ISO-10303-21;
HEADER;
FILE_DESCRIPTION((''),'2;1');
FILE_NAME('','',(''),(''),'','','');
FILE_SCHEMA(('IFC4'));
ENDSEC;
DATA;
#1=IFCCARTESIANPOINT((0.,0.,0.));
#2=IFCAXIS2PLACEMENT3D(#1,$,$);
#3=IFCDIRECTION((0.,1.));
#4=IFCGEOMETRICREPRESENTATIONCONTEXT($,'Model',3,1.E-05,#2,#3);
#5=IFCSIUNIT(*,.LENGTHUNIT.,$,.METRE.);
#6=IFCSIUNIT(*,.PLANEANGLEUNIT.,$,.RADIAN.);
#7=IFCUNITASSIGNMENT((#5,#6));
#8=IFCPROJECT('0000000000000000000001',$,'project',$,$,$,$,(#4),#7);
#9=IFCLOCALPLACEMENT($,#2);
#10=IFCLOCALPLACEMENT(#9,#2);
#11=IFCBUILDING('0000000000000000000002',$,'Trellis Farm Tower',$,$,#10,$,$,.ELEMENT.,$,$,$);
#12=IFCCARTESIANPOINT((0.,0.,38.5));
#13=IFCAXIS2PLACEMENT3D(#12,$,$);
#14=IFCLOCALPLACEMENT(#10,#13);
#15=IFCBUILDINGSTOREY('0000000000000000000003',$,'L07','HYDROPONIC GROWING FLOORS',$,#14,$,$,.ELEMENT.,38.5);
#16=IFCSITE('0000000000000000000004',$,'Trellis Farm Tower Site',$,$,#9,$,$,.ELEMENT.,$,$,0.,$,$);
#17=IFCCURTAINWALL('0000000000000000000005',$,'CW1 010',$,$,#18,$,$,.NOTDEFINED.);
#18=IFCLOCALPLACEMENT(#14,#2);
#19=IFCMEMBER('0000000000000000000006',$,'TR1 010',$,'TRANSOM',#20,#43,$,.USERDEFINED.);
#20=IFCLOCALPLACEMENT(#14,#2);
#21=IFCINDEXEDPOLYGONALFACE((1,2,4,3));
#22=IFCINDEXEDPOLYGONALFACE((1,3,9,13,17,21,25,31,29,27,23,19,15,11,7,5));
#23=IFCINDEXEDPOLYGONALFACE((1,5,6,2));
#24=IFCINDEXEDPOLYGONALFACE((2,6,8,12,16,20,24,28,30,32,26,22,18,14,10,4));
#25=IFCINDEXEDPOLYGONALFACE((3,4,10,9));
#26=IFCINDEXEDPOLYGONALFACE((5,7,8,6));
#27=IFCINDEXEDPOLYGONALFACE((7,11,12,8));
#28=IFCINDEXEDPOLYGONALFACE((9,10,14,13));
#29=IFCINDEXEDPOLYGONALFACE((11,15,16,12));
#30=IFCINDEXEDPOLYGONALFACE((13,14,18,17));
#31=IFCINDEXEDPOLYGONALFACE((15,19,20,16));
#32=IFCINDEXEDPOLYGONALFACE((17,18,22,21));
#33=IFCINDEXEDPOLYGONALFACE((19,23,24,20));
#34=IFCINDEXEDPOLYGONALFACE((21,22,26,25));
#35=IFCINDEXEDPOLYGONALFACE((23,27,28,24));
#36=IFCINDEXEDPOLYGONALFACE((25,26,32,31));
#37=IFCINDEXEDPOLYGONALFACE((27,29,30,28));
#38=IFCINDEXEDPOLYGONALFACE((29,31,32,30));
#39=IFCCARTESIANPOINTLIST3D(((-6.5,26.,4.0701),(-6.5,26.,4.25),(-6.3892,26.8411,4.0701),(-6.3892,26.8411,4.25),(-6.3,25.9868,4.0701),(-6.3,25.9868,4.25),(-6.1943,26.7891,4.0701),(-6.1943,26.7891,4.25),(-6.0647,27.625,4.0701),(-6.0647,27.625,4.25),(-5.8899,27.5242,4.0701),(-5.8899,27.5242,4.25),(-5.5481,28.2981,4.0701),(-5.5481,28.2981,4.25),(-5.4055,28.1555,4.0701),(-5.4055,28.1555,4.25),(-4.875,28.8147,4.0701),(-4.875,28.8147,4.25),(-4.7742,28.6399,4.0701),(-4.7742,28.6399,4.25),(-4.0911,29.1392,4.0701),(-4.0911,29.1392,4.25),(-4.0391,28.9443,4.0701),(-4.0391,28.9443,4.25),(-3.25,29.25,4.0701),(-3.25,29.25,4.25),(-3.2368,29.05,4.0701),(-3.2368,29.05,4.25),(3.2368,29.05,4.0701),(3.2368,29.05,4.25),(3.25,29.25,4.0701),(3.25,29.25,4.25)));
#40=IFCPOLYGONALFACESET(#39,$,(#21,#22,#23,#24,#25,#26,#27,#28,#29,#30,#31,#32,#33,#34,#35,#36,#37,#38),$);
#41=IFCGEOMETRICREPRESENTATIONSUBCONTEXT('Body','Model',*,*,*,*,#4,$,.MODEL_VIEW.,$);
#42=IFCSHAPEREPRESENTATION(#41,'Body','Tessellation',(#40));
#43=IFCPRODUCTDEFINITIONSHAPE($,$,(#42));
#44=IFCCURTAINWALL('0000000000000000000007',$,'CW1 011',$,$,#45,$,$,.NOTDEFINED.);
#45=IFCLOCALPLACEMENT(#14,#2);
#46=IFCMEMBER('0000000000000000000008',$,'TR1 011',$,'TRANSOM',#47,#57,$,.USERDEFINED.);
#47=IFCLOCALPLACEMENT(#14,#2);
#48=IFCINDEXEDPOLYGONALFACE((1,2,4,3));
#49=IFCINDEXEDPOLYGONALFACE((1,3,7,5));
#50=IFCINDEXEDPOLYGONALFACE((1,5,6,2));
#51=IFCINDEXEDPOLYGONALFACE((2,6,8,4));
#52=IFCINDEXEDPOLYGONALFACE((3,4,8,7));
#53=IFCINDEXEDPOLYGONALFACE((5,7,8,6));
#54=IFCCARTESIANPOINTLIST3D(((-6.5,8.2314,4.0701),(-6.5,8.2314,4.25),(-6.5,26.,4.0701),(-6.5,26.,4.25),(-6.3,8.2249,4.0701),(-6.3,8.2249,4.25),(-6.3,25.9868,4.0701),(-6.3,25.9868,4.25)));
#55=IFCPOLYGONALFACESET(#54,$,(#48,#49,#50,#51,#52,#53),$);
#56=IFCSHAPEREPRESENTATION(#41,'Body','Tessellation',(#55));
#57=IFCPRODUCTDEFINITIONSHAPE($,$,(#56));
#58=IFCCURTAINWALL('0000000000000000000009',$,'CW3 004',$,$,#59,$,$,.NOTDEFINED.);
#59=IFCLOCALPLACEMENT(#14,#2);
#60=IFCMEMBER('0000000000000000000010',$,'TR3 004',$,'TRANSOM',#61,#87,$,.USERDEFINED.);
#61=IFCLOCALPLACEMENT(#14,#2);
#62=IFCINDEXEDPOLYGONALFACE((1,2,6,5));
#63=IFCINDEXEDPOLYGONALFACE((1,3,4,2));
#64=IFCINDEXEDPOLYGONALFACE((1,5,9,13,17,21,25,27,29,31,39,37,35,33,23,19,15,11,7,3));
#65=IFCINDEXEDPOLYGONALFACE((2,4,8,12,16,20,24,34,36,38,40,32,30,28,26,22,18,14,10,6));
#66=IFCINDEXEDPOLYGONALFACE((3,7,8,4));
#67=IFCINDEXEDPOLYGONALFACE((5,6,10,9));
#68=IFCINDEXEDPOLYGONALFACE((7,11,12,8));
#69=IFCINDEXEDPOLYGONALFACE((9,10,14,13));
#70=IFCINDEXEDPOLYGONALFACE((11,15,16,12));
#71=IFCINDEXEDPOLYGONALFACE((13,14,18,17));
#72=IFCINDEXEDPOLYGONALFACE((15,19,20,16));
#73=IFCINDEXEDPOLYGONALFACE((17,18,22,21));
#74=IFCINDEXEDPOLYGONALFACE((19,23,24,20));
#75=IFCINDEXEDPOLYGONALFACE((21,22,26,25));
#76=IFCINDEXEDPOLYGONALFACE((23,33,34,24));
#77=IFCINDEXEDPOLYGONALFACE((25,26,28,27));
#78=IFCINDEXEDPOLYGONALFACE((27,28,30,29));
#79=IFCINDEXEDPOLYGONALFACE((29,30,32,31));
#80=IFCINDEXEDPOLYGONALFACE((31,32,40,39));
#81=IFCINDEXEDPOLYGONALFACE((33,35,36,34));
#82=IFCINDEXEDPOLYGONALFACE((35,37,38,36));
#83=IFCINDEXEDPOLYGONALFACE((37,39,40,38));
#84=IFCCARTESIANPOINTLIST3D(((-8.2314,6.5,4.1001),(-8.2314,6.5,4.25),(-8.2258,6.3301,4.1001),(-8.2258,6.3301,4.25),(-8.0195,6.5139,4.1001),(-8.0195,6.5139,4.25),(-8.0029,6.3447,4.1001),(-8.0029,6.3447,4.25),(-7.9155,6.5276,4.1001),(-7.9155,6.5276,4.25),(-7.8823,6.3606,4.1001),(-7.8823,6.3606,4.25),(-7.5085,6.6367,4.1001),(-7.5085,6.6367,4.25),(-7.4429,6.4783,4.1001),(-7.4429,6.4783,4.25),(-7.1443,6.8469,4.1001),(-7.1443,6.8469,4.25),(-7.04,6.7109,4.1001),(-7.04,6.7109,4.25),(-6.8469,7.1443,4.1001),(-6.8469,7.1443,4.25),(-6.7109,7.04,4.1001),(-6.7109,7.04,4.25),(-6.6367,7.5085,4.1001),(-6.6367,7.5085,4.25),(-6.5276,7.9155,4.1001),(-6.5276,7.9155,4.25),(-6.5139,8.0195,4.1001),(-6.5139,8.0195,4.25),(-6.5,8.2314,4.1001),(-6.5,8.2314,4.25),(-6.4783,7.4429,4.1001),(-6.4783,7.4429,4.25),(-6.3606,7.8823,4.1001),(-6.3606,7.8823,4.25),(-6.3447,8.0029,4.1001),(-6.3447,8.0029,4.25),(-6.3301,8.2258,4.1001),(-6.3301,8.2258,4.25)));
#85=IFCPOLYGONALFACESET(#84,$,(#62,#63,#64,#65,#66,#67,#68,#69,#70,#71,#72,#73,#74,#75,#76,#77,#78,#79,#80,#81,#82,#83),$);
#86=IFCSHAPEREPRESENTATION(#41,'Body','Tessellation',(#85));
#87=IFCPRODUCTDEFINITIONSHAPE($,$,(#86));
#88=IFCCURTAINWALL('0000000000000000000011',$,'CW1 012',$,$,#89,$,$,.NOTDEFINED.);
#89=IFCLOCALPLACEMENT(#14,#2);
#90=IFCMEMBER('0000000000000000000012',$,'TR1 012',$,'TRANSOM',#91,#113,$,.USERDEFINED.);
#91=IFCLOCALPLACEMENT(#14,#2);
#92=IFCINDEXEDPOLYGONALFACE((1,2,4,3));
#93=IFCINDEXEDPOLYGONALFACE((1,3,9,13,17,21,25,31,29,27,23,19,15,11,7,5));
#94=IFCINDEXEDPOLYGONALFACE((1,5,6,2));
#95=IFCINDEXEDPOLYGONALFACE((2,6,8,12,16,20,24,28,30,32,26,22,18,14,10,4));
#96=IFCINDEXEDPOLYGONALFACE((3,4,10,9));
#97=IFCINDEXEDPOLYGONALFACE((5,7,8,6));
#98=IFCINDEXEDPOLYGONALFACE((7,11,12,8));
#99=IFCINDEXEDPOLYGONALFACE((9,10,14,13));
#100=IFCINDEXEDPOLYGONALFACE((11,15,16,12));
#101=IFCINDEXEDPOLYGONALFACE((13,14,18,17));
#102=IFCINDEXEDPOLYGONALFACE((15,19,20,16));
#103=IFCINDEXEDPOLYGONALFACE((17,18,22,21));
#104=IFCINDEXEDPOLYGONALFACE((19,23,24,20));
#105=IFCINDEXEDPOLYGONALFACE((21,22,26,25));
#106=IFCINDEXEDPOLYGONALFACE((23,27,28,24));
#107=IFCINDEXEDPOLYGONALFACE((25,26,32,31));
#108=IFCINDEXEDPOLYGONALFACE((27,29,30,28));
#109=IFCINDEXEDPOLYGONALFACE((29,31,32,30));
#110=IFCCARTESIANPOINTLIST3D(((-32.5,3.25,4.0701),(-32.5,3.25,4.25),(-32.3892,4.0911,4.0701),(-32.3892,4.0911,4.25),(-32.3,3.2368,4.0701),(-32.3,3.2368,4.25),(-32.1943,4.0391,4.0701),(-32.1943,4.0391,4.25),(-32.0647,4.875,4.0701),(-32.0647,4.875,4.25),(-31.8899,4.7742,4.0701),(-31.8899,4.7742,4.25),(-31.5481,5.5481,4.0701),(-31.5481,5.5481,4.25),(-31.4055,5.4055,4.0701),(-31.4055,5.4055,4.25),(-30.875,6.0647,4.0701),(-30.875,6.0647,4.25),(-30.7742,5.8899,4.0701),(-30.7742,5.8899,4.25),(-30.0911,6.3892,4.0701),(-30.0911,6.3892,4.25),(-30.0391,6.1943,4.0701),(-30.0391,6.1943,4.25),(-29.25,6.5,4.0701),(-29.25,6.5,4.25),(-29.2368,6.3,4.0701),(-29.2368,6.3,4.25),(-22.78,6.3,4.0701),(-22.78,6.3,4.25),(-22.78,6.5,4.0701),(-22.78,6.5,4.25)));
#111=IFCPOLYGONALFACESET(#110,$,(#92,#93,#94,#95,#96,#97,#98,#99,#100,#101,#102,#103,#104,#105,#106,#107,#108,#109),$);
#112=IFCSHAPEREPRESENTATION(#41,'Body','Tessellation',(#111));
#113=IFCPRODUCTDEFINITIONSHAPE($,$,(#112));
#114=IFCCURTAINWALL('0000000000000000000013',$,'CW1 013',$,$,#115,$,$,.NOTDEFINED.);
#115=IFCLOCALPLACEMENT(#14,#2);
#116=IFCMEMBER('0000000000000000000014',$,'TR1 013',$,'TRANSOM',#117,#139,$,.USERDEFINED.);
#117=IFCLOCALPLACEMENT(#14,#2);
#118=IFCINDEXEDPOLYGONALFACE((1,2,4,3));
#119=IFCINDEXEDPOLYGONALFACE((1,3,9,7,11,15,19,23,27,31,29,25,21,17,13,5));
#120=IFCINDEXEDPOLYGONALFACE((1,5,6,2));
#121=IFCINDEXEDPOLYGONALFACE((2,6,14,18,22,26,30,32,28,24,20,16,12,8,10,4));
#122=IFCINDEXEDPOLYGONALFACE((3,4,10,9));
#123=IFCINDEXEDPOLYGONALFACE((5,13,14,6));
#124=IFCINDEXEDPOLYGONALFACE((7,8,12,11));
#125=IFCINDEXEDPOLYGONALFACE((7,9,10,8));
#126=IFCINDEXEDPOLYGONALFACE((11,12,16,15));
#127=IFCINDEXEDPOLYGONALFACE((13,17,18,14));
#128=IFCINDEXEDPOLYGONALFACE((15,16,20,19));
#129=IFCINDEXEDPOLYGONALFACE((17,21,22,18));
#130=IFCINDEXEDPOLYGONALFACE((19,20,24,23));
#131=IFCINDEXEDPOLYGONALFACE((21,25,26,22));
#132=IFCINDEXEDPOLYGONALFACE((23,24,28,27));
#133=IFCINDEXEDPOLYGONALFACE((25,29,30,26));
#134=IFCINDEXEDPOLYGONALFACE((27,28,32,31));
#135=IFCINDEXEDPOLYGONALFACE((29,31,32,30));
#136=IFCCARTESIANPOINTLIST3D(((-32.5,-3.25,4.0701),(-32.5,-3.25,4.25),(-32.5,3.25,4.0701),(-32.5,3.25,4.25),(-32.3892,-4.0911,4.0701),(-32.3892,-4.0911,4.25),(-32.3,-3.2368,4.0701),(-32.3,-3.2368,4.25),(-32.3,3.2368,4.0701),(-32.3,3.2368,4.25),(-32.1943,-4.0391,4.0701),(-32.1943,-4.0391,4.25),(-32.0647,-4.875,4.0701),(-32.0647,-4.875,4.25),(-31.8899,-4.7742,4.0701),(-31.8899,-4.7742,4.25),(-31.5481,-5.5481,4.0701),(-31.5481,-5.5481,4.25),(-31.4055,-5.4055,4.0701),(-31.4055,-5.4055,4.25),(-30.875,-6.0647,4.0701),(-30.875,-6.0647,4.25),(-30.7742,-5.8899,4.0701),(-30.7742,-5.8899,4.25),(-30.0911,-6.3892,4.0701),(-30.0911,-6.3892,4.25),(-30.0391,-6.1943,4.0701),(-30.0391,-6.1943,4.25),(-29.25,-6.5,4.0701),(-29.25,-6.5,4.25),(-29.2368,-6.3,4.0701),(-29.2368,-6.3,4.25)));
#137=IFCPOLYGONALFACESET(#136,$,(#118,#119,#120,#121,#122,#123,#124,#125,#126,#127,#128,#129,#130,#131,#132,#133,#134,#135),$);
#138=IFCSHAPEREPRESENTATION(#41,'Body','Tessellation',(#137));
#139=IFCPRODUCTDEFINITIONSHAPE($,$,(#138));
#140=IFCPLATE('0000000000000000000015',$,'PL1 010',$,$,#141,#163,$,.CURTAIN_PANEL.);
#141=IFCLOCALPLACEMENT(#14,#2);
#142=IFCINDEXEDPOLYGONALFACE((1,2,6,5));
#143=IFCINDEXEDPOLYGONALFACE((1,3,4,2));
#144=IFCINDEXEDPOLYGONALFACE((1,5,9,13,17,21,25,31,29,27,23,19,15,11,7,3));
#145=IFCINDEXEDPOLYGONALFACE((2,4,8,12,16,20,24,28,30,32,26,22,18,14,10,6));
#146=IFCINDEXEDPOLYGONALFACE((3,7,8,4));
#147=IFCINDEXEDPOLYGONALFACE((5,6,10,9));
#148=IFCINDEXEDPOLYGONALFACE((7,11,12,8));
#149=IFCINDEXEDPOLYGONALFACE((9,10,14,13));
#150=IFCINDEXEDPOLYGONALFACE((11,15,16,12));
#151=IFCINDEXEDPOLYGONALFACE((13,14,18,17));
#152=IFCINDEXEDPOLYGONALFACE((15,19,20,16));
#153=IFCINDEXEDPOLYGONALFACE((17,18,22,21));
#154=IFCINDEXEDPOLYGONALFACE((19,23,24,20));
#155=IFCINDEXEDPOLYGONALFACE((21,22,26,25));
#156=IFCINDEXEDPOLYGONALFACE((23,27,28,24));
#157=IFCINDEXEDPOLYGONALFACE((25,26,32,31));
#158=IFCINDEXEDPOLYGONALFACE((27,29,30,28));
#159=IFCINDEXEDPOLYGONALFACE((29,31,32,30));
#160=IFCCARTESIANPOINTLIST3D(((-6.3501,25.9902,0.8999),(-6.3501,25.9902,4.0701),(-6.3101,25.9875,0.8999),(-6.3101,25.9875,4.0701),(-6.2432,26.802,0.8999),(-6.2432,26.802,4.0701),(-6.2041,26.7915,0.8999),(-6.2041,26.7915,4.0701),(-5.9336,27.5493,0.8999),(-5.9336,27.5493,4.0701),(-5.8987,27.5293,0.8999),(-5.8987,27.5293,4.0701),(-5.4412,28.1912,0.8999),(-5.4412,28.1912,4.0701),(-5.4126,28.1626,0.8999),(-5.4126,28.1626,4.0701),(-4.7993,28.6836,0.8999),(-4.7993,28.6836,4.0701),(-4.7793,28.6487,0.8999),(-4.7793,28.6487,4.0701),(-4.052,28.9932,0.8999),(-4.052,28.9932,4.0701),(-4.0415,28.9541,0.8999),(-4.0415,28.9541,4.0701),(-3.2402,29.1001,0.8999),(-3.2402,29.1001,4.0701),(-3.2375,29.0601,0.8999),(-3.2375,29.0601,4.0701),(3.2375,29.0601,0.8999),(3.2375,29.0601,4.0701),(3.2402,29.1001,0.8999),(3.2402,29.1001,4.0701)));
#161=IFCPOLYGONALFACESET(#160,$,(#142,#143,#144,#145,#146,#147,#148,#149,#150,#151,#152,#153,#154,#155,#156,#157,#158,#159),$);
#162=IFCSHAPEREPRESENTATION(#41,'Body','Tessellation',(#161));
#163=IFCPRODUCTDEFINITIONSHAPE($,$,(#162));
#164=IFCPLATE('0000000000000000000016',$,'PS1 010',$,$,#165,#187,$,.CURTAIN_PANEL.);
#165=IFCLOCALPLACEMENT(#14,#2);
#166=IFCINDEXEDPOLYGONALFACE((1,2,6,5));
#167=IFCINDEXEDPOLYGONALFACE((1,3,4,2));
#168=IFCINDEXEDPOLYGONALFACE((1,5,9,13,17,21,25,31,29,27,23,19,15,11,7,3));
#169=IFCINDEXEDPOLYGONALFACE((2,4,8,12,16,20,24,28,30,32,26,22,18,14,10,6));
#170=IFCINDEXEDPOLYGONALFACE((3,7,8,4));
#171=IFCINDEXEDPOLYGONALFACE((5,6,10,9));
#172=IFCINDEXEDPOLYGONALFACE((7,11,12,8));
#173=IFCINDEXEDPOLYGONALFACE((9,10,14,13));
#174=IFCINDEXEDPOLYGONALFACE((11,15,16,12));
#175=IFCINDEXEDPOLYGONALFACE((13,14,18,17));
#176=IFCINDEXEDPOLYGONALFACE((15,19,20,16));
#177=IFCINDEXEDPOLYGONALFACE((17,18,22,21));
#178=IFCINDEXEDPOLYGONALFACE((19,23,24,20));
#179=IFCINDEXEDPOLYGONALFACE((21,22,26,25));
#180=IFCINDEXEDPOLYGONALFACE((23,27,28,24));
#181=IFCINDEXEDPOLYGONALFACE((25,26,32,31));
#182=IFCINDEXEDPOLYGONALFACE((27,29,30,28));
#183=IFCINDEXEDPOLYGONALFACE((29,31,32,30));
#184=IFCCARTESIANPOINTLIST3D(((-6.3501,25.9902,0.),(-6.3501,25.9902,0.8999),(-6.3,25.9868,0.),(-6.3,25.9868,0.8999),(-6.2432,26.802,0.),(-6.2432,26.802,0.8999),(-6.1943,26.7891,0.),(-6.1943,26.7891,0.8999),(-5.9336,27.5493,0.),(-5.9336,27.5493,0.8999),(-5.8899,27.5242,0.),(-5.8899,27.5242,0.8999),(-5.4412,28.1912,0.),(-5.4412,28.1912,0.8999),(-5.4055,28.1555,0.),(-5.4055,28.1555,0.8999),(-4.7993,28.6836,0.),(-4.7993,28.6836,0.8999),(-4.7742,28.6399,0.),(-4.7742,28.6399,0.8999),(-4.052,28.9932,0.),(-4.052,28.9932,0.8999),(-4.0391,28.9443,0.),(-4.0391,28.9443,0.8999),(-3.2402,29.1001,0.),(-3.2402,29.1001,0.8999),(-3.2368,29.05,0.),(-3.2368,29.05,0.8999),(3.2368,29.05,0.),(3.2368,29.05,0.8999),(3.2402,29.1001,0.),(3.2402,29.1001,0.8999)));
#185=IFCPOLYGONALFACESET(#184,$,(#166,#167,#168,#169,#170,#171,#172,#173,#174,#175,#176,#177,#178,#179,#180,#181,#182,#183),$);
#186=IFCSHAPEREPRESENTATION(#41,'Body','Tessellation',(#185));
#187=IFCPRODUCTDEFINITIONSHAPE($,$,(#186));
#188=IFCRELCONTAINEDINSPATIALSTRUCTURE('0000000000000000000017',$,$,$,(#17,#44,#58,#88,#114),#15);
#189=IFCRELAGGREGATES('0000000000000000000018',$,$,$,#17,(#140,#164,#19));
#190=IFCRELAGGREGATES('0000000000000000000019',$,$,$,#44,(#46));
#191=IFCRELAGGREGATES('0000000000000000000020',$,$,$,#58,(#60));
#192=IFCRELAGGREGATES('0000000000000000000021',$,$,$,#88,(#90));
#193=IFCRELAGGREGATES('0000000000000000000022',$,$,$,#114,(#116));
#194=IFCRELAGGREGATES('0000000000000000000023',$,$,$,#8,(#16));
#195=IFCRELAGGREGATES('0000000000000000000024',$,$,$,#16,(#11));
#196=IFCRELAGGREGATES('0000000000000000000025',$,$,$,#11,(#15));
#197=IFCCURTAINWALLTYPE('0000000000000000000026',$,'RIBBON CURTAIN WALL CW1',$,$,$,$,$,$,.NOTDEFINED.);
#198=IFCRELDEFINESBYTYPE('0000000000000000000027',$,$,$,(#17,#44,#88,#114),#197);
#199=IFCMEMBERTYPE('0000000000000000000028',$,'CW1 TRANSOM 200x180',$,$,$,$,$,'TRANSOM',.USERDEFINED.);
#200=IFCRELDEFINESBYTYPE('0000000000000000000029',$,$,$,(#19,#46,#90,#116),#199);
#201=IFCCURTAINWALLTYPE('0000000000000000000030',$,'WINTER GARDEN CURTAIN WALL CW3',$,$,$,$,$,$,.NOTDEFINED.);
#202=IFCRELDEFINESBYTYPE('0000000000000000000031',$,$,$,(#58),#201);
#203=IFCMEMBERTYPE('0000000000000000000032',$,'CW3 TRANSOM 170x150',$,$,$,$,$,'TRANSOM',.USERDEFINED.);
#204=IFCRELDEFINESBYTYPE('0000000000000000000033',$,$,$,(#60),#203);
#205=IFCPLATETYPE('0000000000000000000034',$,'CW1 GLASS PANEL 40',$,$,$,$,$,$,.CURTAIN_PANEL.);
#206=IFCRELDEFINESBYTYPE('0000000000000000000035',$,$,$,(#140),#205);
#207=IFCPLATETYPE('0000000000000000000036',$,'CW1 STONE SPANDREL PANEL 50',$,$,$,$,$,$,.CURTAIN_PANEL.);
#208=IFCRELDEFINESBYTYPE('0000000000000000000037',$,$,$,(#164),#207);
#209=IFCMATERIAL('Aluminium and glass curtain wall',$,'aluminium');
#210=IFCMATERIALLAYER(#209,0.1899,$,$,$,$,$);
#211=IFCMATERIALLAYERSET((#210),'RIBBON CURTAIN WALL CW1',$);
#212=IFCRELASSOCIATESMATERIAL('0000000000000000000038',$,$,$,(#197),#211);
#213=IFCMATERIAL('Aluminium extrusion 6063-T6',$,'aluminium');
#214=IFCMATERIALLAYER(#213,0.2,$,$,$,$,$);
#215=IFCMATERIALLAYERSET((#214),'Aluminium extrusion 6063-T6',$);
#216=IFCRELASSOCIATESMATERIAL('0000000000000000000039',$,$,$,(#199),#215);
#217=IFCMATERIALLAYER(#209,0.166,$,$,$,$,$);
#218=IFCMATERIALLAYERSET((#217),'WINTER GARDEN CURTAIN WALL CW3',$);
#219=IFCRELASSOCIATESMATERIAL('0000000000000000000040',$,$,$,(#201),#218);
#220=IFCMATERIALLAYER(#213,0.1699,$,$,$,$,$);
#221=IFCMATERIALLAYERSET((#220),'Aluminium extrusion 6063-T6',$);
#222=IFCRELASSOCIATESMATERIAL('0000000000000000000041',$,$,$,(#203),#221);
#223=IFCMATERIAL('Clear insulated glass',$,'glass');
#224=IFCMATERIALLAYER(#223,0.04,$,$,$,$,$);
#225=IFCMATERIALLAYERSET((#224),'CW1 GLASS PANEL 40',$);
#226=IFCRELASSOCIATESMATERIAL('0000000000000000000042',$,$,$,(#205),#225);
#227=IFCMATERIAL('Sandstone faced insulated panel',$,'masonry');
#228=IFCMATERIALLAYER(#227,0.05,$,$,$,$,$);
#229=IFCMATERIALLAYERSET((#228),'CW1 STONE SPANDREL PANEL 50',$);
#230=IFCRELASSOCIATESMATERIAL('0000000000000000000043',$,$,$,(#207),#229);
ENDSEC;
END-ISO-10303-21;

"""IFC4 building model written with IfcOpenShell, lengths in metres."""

from ifc_helpers import new_model, si_unit, direction, frame, origin, place, context, subcontext, project, spatial, polyline, outline, extrude, source, transform, mapped, material, layer, layer_set, type_object, element, aggregate, save


model = new_model("IFC4")

# Units and contexts
model_context = context("Model", 3, precision=1e-05, world=origin(), true_north=direction((0.0, 1.0)))
body_context = subcontext(model_context, "Body", "Model", "MODEL_VIEW")
ifc_project = project(units=[si_unit("LENGTHUNIT", "METRE"), si_unit("PLANEANGLEUNIT", "RADIAN")], contexts=[model_context])

# Site, building, storey
site_placement = place(None, origin())
site = spatial("IfcSite", under=ifc_project, at=site_placement, Name="Trellis Farm Tower Site", CompositionType="ELEMENT", RefElevation=0.0)
building_placement = place(site_placement, origin())
building = spatial("IfcBuilding", under=site, at=building_placement, Name="Trellis Farm Tower", CompositionType="ELEMENT")
storey_placement = place(building_placement, frame((0.0, 0.0, 38.5)))
storey = spatial("IfcBuildingStorey", under=building, at=storey_placement, Name="L07", Description="HYDROPONIC GROWING FLOORS", CompositionType="ELEMENT", Elevation=38.5)

# Curtain walls, members
ifc_material_1 = material(Name="Aluminium and glass curtain wall", Category="aluminium")
ifc_layer_1 = layer(ifc_material_1, 0.1899)
ifc_layer_set_1 = layer_set([ifc_layer_1], Name="RIBBON CURTAIN WALL CW1")
curtain_wall_type_1 = type_object("IfcCurtainWallType", Name="RIBBON CURTAIN WALL CW1", PredefinedType="NOTDEFINED", material=ifc_layer_set_1)
placement_1 = place(storey_placement, origin())
curtain_wall_1 = element("IfcCurtainWall", 1, at=placement_1, inside=storey, type_object=curtain_wall_type_1, Name="CW1 010", PredefinedType="NOTDEFINED")
ifc_material_2 = material(Name="Aluminium extrusion 6063-T6", Category="aluminium")
ifc_layer_2 = layer(ifc_material_2, 0.2)
ifc_layer_set_2 = layer_set([ifc_layer_2], Name="Aluminium extrusion 6063-T6")
member_type_1 = type_object("IfcMemberType", Name="CW1 TRANSOM 200x180", ElementType="TRANSOM", PredefinedType="USERDEFINED", material=ifc_layer_set_2)
shared_shape_1 = source(origin(), body_context, "Body", "SweptSolid", [
    extrude(outline(polyline([(3.25, 29.25), (-3.25, 29.25), (-4.0911, 29.1392), (-4.875, 28.8147), (-5.5481, 28.2981), (-6.0647, 27.625), (-6.3892, 26.8411), (-6.5, 26.0), (-6.3, 25.9868), (-6.1943, 26.7891), (-5.8899, 27.5242), (-5.4055, 28.1555), (-4.7742, 28.6399), (-4.0391, 28.9443), (-3.2368, 29.05), (3.2368, 29.05), (3.25, 29.25)])), origin(), (0.0, 0.0, 1.0), 0.1799),
])
placement_2 = place(storey_placement, frame((0.0, 0.0, 4.0701)))
member_1 = element("IfcMember", 2, at=placement_2, type_object=member_type_1, Name="TR1 010", ObjectType="TRANSOM", PredefinedType="USERDEFINED", context=body_context, shape_type="MappedRepresentation", body=[
    mapped(shared_shape_1, transform((0.0, 0.0, 0.0))),
])
curtain_wall_2 = element("IfcCurtainWall", 3, at=placement_1, inside=storey, type_object=curtain_wall_type_1, Name="CW1 011", PredefinedType="NOTDEFINED")
shared_shape_2 = source(origin(), body_context, "Body", "SweptSolid", [
    extrude(outline(polyline([(-6.5, 26.0), (-6.5, 8.2314), (-6.3, 8.2249), (-6.3, 25.9868), (-6.5, 26.0)])), origin(), (0.0, 0.0, 1.0), 0.1799),
])
member_2 = element("IfcMember", 4, at=placement_2, type_object=member_type_1, Name="TR1 011", ObjectType="TRANSOM", PredefinedType="USERDEFINED", context=body_context, shape_type="MappedRepresentation", body=[
    mapped(shared_shape_2, transform((0.0, 0.0, 0.0))),
])
ifc_layer_3 = layer(ifc_material_1, 0.166)
ifc_layer_set_3 = layer_set([ifc_layer_3], Name="WINTER GARDEN CURTAIN WALL CW3")
curtain_wall_type_2 = type_object("IfcCurtainWallType", Name="WINTER GARDEN CURTAIN WALL CW3", PredefinedType="NOTDEFINED", material=ifc_layer_set_3)
curtain_wall_3 = element("IfcCurtainWall", 5, at=placement_1, inside=storey, type_object=curtain_wall_type_2, Name="CW3 004", PredefinedType="NOTDEFINED")
ifc_layer_4 = layer(ifc_material_2, 0.1699)
ifc_layer_set_4 = layer_set([ifc_layer_4], Name="Aluminium extrusion 6063-T6")
member_type_2 = type_object("IfcMemberType", Name="CW3 TRANSOM 170x150", ElementType="TRANSOM", PredefinedType="USERDEFINED", material=ifc_layer_set_4)
shared_shape_3 = source(origin(), body_context, "Body", "SweptSolid", [
    extrude(outline(polyline([(-6.5, 8.2314), (-6.5139, 8.0195), (-6.5276, 7.9155), (-6.6367, 7.5085), (-6.8469, 7.1443), (-7.1443, 6.8469), (-7.5085, 6.6367), (-7.9155, 6.5276), (-8.0195, 6.5139), (-8.2314, 6.5), (-8.2258, 6.3301), (-8.0029, 6.3447), (-7.8823, 6.3606), (-7.4429, 6.4783), (-7.04, 6.7109), (-6.7109, 7.04), (-6.4783, 7.4429), (-6.3606, 7.8823), (-6.3447, 8.0029), (-6.3301, 8.2258), (-6.5, 8.2314)])), origin(), (0.0, 0.0, 1.0), 0.1499),
])
member_3_placement = place(storey_placement, frame((0.0, 0.0, 4.1001)))
member_3 = element("IfcMember", 6, at=member_3_placement, type_object=member_type_2, Name="TR3 004", ObjectType="TRANSOM", PredefinedType="USERDEFINED", context=body_context, shape_type="MappedRepresentation", body=[
    mapped(shared_shape_3, transform((0.0, 0.0, 0.0))),
])
curtain_wall_4 = element("IfcCurtainWall", 7, at=placement_1, inside=storey, type_object=curtain_wall_type_1, Name="CW1 012", PredefinedType="NOTDEFINED")
shared_shape_4 = source(origin(), body_context, "Body", "SweptSolid", [
    extrude(outline(polyline([(-22.78, 6.5), (-29.25, 6.5), (-30.0911, 6.3892), (-30.875, 6.0647), (-31.5481, 5.5481), (-32.0647, 4.875), (-32.3892, 4.0911), (-32.5, 3.25), (-32.3, 3.2368), (-32.1943, 4.0391), (-31.8899, 4.7742), (-31.4055, 5.4055), (-30.7742, 5.8899), (-30.0391, 6.1943), (-29.2368, 6.3), (-22.78, 6.3), (-22.78, 6.5)])), origin(), (0.0, 0.0, 1.0), 0.1799),
])
member_4 = element("IfcMember", 8, at=placement_2, type_object=member_type_1, Name="TR1 012", ObjectType="TRANSOM", PredefinedType="USERDEFINED", context=body_context, shape_type="MappedRepresentation", body=[
    mapped(shared_shape_4, transform((0.0, 0.0, 0.0))),
])
curtain_wall_5 = element("IfcCurtainWall", 9, at=placement_1, inside=storey, type_object=curtain_wall_type_1, Name="CW1 013", PredefinedType="NOTDEFINED")
shared_shape_5 = source(origin(), body_context, "Body", "SweptSolid", [
    extrude(outline(polyline([(-32.5, 3.25), (-32.5, -3.25), (-32.3892, -4.0911), (-32.0647, -4.875), (-31.5481, -5.5481), (-30.875, -6.0647), (-30.0911, -6.3892), (-29.25, -6.5), (-29.2368, -6.3), (-30.0391, -6.1943), (-30.7742, -5.8899), (-31.4055, -5.4055), (-31.8899, -4.7742), (-32.1943, -4.0391), (-32.3, -3.2368), (-32.3, 3.2368), (-32.5, 3.25)])), origin(), (0.0, 0.0, 1.0), 0.1799),
])
member_5 = element("IfcMember", 10, at=placement_2, type_object=member_type_1, Name="TR1 013", ObjectType="TRANSOM", PredefinedType="USERDEFINED", context=body_context, shape_type="MappedRepresentation", body=[
    mapped(shared_shape_5, transform((0.0, 0.0, 0.0))),
])

# Plates
ifc_material_3 = material(Name="Clear insulated glass", Category="glass")
ifc_layer_5 = layer(ifc_material_3, 0.04)
ifc_layer_set_5 = layer_set([ifc_layer_5], Name="CW1 GLASS PANEL 40")
plate_type_1 = type_object("IfcPlateType", Name="CW1 GLASS PANEL 40", PredefinedType="CURTAIN_PANEL", material=ifc_layer_set_5)
shared_shape_6 = source(origin(), body_context, "Body", "SweptSolid", [
    extrude(outline(polyline([(3.2402, 29.1001), (-3.2402, 29.1001), (-4.052, 28.9932), (-4.7993, 28.6836), (-5.4412, 28.1912), (-5.9336, 27.5493), (-6.2432, 26.802), (-6.3501, 25.9902), (-6.3101, 25.9875), (-6.2041, 26.7915), (-5.8987, 27.5293), (-5.4126, 28.1626), (-4.7793, 28.6487), (-4.0415, 28.9541), (-3.2375, 29.0601), (3.2375, 29.0601), (3.2402, 29.1001)])), origin(), (0.0, 0.0, 1.0), 3.1702),
])
placement_3 = place(storey_placement, frame((0.0, 0.0, 0.8999)))
plate_1 = element("IfcPlate", 11, at=placement_3, type_object=plate_type_1, Name="PL1 010", PredefinedType="CURTAIN_PANEL", context=body_context, shape_type="MappedRepresentation", body=[
    mapped(shared_shape_6, transform((0.0, 0.0, 0.0))),
])
ifc_material_4 = material(Name="Sandstone faced insulated panel", Category="masonry")
ifc_layer_6 = layer(ifc_material_4, 0.05)
ifc_layer_set_6 = layer_set([ifc_layer_6], Name="CW1 STONE SPANDREL PANEL 50")
plate_type_2 = type_object("IfcPlateType", Name="CW1 STONE SPANDREL PANEL 50", PredefinedType="CURTAIN_PANEL", material=ifc_layer_set_6)
shared_shape_7 = source(origin(), body_context, "Body", "SweptSolid", [
    extrude(outline(polyline([(3.2402, 29.1001), (-3.2402, 29.1001), (-4.052, 28.9932), (-4.7993, 28.6836), (-5.4412, 28.1912), (-5.9336, 27.5493), (-6.2432, 26.802), (-6.3501, 25.9902), (-6.3, 25.9868), (-6.1943, 26.7891), (-5.8899, 27.5242), (-5.4055, 28.1555), (-4.7742, 28.6399), (-4.0391, 28.9443), (-3.2368, 29.05), (3.2368, 29.05), (3.2402, 29.1001)])), origin(), (0.0, 0.0, 1.0), 0.8999),
])
plate_2 = element("IfcPlate", 12, at=placement_1, type_object=plate_type_2, Name="PS1 010", PredefinedType="CURTAIN_PANEL", context=body_context, shape_type="MappedRepresentation", body=[
    mapped(shared_shape_7, transform((0.0, 0.0, 0.0))),
])
aggregate(curtain_wall_1, [plate_1, plate_2, member_1])
aggregate(curtain_wall_2, [member_2])
aggregate(curtain_wall_3, [member_3])
aggregate(curtain_wall_4, [member_4])
aggregate(curtain_wall_5, [member_5])

save(model, "model.ifc")
